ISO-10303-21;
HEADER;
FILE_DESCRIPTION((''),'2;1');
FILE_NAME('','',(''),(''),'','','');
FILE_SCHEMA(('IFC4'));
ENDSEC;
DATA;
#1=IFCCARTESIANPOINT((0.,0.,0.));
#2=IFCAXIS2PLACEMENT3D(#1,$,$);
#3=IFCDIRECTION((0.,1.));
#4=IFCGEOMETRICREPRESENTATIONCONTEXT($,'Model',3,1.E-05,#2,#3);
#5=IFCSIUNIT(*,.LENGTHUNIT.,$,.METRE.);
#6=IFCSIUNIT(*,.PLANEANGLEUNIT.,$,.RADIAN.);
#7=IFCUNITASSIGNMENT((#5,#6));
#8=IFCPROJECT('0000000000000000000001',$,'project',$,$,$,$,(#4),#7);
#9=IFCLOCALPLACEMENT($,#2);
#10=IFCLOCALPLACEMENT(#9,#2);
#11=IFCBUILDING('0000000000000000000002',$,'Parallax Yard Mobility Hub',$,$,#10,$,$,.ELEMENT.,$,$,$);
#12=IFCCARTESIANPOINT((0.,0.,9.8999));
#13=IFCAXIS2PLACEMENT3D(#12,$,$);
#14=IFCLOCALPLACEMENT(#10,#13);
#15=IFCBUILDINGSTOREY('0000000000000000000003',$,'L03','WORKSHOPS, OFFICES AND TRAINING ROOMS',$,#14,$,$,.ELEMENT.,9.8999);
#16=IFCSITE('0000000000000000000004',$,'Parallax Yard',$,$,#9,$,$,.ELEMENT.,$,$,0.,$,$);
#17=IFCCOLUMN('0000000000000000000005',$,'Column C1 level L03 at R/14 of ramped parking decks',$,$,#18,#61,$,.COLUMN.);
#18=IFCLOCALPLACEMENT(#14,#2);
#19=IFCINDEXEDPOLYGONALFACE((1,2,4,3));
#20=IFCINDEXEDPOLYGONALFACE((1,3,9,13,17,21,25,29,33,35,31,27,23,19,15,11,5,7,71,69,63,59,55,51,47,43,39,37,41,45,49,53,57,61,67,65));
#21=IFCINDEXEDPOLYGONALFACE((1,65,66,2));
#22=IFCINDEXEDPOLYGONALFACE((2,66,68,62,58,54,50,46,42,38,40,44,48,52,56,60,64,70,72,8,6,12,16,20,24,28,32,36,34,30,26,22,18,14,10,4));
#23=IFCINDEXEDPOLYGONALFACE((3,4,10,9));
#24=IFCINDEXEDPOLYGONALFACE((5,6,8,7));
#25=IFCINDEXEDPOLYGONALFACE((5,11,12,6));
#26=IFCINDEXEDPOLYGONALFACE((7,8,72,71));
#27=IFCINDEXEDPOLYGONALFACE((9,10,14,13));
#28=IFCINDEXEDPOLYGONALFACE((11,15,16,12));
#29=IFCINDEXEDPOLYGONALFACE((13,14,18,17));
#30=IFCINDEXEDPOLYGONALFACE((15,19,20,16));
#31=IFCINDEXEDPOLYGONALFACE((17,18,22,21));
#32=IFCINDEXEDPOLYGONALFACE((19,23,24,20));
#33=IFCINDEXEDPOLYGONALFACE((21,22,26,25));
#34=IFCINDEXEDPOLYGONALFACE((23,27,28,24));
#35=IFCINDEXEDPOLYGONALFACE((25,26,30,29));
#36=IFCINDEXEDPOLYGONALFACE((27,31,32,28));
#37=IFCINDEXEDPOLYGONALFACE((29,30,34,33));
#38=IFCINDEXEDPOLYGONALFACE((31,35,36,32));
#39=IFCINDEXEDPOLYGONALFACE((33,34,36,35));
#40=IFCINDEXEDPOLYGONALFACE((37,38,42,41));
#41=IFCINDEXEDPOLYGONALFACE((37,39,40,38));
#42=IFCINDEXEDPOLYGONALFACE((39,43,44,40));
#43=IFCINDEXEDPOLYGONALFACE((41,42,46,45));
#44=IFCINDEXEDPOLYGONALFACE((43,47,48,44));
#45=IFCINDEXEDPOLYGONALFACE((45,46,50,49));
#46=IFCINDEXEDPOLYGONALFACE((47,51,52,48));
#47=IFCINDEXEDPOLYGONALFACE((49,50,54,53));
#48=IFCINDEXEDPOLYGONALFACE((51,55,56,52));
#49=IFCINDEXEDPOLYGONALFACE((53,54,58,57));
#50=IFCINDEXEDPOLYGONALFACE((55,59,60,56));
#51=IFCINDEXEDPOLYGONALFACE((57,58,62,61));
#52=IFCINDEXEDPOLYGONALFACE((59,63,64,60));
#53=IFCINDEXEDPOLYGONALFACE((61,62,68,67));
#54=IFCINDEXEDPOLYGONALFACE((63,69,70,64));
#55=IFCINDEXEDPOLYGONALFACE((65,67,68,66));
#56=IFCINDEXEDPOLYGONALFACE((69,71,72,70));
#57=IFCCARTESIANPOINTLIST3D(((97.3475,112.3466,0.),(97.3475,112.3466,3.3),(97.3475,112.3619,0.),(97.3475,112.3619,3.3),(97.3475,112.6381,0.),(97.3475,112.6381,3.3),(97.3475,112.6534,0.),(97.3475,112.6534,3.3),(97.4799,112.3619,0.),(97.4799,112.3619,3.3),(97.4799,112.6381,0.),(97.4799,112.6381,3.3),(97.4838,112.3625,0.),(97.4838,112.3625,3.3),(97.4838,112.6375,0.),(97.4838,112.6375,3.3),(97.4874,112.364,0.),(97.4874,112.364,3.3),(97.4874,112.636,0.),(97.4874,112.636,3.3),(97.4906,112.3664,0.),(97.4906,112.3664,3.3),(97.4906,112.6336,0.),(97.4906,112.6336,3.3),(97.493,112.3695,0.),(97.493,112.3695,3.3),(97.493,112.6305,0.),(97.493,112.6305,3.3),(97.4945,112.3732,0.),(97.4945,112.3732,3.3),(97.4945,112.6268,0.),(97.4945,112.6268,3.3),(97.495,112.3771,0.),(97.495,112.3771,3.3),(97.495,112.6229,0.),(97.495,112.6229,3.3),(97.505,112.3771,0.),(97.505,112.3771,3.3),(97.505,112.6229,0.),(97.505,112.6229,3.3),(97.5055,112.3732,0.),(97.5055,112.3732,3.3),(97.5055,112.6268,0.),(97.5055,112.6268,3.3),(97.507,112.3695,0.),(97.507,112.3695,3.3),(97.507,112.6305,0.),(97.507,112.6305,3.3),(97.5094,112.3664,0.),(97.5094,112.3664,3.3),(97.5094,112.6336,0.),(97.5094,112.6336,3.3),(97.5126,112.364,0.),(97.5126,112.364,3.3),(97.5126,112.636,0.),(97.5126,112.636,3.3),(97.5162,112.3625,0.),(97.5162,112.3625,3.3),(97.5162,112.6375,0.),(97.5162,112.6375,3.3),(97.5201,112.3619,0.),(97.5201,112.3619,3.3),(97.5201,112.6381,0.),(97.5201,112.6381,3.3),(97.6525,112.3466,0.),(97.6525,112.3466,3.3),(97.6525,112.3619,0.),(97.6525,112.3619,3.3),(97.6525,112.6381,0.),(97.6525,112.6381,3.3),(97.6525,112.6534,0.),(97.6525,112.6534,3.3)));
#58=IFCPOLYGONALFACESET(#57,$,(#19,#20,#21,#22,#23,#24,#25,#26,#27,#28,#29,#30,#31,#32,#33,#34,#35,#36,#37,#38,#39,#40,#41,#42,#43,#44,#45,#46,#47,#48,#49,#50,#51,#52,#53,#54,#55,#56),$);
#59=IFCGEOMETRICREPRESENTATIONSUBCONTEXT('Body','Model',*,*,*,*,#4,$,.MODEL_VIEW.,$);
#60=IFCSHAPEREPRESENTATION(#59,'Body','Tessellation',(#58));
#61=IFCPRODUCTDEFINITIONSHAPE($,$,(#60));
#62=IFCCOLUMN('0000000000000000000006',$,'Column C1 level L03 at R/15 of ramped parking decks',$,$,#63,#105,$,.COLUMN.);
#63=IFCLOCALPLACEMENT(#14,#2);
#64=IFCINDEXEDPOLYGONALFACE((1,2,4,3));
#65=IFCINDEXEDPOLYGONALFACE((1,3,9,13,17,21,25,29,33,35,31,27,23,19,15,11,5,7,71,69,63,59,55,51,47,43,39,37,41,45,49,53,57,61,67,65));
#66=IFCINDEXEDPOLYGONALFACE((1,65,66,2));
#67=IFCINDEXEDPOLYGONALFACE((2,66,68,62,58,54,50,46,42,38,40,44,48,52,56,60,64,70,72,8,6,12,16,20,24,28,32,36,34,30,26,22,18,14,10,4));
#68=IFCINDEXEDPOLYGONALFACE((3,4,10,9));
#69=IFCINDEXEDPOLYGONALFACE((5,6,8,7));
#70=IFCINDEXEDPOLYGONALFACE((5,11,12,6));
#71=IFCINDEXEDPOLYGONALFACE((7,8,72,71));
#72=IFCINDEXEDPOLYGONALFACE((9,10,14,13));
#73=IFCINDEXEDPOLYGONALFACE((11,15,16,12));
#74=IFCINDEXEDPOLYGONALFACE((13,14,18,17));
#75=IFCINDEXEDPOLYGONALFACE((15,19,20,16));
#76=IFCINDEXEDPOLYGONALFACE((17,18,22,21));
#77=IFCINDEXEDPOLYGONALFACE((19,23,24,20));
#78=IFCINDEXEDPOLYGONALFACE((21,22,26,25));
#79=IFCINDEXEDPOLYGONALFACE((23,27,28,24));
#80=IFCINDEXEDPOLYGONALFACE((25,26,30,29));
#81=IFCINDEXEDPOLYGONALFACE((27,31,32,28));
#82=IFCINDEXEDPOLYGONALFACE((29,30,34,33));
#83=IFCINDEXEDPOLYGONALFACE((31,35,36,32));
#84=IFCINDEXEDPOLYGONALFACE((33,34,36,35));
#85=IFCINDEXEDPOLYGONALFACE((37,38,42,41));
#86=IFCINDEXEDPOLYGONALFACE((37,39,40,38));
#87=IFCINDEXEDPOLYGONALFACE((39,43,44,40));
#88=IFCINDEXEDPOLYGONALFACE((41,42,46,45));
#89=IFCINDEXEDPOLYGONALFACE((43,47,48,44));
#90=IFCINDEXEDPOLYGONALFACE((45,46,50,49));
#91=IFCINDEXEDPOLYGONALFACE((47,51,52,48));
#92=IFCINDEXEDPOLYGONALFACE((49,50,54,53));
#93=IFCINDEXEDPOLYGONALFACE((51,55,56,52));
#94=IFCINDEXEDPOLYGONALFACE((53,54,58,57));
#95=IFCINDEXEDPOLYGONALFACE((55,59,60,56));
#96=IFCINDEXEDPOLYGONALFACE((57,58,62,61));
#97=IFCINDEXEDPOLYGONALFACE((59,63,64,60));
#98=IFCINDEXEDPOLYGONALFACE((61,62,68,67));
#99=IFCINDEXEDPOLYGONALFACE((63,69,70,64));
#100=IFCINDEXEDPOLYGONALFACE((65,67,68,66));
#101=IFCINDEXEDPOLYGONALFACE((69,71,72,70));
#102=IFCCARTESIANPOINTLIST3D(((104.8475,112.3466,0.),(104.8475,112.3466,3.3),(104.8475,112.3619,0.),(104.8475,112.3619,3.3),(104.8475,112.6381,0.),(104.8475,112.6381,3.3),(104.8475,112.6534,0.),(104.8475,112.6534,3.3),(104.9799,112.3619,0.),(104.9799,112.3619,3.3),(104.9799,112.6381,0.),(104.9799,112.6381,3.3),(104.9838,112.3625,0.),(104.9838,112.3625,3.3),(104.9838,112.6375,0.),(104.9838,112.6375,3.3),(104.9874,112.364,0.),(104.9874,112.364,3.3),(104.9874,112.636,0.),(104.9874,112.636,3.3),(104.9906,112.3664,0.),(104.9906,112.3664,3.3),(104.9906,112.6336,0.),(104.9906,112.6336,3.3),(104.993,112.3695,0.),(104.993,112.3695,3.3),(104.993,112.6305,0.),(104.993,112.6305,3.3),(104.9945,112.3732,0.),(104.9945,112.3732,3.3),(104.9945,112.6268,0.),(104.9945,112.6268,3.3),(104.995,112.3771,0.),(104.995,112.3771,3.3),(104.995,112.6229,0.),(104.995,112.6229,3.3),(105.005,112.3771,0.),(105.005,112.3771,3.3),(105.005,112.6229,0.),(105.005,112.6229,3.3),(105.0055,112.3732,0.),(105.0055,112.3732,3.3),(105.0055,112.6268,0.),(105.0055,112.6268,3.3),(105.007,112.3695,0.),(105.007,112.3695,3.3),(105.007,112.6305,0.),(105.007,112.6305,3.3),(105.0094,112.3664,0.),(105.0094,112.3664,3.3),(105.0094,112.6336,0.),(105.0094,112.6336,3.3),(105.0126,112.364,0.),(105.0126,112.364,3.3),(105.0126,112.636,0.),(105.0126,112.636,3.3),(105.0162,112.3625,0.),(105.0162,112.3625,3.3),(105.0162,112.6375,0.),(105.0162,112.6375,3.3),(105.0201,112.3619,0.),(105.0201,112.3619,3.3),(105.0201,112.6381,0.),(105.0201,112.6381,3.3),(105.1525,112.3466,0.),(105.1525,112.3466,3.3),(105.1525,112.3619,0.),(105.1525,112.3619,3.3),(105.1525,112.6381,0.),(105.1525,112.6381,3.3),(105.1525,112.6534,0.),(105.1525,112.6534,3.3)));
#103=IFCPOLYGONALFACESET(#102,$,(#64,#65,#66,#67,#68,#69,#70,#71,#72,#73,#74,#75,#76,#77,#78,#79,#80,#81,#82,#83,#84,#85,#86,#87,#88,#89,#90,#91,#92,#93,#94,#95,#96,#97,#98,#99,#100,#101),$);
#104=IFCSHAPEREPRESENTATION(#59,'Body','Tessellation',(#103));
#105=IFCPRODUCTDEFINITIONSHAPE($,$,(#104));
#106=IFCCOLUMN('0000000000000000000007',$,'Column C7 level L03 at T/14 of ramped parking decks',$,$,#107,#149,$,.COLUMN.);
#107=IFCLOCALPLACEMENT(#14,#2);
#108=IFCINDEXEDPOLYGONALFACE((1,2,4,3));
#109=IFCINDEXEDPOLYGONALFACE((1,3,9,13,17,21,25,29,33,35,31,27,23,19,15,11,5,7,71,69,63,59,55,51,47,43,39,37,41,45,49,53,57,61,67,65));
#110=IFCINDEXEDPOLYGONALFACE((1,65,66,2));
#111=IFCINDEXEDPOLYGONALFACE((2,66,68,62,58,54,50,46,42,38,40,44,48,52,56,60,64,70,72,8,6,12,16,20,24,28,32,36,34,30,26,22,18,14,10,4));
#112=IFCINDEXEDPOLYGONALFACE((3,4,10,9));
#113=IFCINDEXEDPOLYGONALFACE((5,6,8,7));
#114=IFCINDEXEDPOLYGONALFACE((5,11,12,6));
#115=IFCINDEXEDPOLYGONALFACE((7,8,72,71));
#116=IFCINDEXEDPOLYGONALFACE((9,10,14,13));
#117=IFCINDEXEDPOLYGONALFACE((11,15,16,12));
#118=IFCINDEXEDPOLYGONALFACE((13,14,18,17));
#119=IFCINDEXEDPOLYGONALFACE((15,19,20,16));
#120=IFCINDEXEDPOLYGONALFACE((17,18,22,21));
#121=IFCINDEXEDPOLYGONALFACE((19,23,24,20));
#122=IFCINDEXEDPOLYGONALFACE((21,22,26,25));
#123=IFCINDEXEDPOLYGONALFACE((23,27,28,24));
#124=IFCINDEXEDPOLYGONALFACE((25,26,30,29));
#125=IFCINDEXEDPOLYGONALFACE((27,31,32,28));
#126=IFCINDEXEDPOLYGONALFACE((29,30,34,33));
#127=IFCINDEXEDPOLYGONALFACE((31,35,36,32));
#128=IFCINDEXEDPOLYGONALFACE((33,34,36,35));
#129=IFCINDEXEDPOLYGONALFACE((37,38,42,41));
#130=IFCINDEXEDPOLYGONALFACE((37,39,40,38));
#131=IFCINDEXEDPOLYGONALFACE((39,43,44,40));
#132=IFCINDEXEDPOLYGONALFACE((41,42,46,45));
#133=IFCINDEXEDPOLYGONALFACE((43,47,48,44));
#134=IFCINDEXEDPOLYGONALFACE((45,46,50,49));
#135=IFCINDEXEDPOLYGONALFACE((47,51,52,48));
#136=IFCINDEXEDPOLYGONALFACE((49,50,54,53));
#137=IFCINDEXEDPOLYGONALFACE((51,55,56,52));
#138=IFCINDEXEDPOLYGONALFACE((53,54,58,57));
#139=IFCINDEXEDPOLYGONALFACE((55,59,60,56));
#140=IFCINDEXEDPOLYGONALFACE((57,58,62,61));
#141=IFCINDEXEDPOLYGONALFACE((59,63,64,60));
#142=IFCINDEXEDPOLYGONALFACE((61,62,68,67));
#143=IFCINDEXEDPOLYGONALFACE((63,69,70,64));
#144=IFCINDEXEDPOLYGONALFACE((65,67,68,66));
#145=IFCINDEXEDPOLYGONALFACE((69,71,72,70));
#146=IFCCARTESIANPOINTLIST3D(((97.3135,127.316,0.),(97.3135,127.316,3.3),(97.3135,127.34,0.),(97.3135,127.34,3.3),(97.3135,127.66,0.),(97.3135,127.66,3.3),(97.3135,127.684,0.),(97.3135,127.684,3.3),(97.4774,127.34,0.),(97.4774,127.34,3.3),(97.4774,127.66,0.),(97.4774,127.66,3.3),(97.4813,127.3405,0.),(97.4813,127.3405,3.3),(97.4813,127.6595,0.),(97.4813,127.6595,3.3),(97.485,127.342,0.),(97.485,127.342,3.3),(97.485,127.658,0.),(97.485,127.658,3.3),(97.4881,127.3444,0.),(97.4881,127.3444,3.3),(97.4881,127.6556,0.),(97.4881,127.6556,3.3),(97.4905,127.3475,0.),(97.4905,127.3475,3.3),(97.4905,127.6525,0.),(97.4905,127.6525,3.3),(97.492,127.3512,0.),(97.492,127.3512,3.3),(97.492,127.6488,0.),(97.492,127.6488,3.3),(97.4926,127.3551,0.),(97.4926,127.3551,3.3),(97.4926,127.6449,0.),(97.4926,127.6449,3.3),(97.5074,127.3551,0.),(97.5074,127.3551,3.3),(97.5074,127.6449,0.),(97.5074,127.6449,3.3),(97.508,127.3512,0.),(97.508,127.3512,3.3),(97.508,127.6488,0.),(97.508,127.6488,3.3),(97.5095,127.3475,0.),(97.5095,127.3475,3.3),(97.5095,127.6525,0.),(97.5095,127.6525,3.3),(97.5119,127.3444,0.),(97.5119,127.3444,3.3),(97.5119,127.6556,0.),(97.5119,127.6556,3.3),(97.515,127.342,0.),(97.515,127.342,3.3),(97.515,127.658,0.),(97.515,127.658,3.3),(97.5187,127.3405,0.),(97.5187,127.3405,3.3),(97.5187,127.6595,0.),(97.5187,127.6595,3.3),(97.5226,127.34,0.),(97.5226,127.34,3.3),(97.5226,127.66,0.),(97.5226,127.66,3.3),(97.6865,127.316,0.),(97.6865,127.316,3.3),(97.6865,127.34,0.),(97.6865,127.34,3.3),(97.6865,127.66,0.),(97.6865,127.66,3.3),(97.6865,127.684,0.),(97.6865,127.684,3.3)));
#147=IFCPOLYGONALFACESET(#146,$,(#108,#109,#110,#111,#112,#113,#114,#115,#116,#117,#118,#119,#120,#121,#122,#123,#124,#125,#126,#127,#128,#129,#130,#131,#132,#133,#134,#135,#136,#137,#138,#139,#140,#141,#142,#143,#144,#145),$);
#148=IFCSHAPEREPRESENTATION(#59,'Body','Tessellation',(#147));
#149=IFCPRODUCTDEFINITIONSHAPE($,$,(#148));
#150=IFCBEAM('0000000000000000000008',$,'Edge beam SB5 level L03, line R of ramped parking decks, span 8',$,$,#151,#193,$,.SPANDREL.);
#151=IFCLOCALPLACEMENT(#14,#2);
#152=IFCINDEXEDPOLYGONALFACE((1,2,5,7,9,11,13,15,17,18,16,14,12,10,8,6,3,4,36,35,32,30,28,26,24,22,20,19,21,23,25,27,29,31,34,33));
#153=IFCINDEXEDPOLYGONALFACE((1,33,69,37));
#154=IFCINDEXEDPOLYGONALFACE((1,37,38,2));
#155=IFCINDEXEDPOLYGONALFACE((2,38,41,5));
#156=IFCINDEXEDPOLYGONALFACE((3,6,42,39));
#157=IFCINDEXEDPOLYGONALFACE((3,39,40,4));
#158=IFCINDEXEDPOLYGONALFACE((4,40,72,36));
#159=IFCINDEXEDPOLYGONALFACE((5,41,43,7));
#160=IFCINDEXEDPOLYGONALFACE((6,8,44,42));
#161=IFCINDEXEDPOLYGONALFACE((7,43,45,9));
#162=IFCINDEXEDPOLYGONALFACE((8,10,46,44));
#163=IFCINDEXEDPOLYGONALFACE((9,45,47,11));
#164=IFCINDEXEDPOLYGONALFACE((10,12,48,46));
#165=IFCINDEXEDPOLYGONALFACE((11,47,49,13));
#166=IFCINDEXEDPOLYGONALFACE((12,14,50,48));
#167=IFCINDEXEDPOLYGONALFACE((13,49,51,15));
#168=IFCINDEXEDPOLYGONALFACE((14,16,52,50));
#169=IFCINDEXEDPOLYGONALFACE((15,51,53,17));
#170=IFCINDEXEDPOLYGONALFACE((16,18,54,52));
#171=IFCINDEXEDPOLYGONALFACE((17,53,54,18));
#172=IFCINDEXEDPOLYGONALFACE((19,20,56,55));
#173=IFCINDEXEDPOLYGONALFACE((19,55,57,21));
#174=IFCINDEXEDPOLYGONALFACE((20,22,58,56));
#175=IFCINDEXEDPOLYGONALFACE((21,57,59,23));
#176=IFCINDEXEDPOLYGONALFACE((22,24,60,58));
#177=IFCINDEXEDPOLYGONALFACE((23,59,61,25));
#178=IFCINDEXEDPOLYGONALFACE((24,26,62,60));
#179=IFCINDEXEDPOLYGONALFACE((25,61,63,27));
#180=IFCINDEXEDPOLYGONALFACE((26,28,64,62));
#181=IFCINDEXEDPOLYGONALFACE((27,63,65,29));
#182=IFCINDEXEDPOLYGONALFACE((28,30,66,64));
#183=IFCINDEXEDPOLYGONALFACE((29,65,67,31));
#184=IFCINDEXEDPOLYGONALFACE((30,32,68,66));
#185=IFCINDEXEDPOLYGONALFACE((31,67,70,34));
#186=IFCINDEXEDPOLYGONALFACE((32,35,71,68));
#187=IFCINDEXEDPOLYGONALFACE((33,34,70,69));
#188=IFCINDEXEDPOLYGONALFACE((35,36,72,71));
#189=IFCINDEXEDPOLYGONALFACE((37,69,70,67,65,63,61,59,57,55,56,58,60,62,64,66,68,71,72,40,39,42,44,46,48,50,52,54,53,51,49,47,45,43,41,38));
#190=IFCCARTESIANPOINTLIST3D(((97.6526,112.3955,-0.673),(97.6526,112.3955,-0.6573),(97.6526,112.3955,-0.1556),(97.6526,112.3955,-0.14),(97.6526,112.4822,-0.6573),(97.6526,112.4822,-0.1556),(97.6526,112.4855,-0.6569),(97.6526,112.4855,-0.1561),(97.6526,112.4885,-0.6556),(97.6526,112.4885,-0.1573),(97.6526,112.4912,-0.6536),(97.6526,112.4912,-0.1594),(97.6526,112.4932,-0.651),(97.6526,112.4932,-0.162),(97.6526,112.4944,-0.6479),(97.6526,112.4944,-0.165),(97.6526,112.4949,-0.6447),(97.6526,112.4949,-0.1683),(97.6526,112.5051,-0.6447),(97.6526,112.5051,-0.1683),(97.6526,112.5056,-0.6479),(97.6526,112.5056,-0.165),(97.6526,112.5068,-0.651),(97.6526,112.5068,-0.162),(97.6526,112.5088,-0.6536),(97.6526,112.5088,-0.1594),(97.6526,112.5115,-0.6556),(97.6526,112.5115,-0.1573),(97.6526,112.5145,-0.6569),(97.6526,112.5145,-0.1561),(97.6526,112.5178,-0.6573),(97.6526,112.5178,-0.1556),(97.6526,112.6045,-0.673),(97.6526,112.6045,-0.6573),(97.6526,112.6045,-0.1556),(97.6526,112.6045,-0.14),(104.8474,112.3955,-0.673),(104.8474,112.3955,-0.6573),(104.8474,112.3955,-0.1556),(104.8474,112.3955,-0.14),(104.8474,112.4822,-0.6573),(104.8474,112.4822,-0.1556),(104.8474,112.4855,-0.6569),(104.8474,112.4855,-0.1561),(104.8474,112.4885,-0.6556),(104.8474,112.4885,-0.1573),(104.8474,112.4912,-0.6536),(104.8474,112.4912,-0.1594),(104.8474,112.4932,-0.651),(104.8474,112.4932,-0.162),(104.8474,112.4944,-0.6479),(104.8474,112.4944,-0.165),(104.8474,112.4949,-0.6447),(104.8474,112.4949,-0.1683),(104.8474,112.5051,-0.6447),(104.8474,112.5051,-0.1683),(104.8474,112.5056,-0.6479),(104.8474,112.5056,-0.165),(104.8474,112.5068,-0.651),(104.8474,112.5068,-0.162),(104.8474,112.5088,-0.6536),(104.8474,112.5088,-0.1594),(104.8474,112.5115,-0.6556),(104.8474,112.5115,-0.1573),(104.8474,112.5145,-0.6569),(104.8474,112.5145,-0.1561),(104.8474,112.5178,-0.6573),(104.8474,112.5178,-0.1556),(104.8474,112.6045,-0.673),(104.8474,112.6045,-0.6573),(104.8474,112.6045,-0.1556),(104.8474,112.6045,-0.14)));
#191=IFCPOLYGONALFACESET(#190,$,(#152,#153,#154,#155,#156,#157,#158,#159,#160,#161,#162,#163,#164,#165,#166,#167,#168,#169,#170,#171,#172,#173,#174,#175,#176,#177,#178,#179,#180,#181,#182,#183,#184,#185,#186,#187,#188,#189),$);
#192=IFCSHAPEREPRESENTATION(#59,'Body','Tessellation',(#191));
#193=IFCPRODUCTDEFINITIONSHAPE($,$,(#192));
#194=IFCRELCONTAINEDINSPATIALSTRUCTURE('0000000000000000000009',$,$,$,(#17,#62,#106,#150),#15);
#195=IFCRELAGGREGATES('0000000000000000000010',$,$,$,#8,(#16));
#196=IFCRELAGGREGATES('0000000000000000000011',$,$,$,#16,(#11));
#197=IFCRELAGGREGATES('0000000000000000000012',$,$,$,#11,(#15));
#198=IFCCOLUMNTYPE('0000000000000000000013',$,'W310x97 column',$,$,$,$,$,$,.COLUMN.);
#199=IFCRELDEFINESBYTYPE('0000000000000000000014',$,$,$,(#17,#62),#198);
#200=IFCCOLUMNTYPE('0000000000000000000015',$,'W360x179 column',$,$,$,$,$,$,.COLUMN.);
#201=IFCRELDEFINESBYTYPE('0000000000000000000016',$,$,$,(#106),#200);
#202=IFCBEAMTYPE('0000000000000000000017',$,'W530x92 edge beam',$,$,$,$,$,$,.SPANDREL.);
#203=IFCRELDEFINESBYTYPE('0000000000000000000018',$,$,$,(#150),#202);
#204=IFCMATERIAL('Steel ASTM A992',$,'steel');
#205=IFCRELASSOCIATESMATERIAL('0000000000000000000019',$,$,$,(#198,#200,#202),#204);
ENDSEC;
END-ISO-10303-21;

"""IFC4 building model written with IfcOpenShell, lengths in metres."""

from ifc_helpers import new_model, si_unit, direction, frame, origin, origin_2d, place, context, subcontext, project, spatial, i_section, extrude, material, material_profile, profile_set, type_object, element, save


model = new_model("IFC4")

# Units and contexts
model_context = context("Model", 3, precision=1e-05, world=origin(), true_north=direction((0.0, 1.0)))
body_context = subcontext(model_context, "Body", "Model", "MODEL_VIEW")
ifc_project = project(units=[si_unit("LENGTHUNIT", "METRE"), si_unit("PLANEANGLEUNIT", "RADIAN")], contexts=[model_context])

# Site, building, storey
site_placement = place(None, origin())
site = spatial("IfcSite", under=ifc_project, at=site_placement, Name="Parallax Yard", CompositionType="ELEMENT", RefElevation=0.0)
building_placement = place(site_placement, origin())
building = spatial("IfcBuilding", under=site, at=building_placement, Name="Parallax Yard Mobility Hub", CompositionType="ELEMENT")
storey_placement = place(building_placement, frame((0.0, 0.0, 9.8999)))
storey = spatial("IfcBuildingStorey", under=building, at=storey_placement, Name="L03", Description="WORKSHOPS, OFFICES AND TRAINING ROOMS", CompositionType="ELEMENT", Elevation=9.8999)

# Columns
ifc_material_1 = material(Name="Steel ASTM A992", Category="steel")
ifc_material_profile_1 = material_profile(ifc_material_1, i_section(OverallWidth=0.3049, OverallDepth=0.3069, WebThickness=0.01, FlangeThickness=0.0154, FilletRadius=0.0151, at=origin_2d()), Name="W310x97")
ifc_profile_set_1 = profile_set([ifc_material_profile_1], Name="Steel ASTM A992")
column_type_1 = type_object("IfcColumnType", Name="W310x97 column", PredefinedType="COLUMN", material=ifc_profile_set_1)
for number, where, z_axis, x_axis, name in (
    (1, (97.5, 112.5, 0.0), (0.0, 0.0, 1.0), (1.0, 0.0, 0.0), "Column C1 level L03 at R/14 of ramped parking decks"),
    (2, (105.0, 112.5, 0.0), (0.0, 0.0, 1.0), (1.0, 0.0, 0.0), "Column C1 level L03 at R/15 of ramped parking decks"),
):
    element("IfcColumn", number, at=place(storey_placement, frame(where, z_axis=z_axis, x_axis=x_axis)), inside=storey, type_object=column_type_1, Name=name, PredefinedType="COLUMN", context=body_context, shape_type="SweptSolid", body=[
        extrude(i_section(OverallWidth=0.3049, OverallDepth=0.3069, WebThickness=0.01, FlangeThickness=0.0154, FilletRadius=0.0151, at=origin_2d()), origin(), (0.0, 0.0, 1.0), 3.3),
    ])
ifc_material_profile_2 = material_profile(ifc_material_1, i_section(OverallWidth=0.373, OverallDepth=0.3679, WebThickness=0.0149, FlangeThickness=0.0239, FilletRadius=0.0151, at=origin_2d()), Name="W360x179")
ifc_profile_set_2 = profile_set([ifc_material_profile_2], Name="Steel ASTM A992")
column_type_2 = type_object("IfcColumnType", Name="W360x179 column", PredefinedType="COLUMN", material=ifc_profile_set_2)
column_placement = place(storey_placement, frame((97.5, 127.5, 0.0), z_axis=(0.0, 0.0, 1.0), x_axis=(1.0, 0.0, 0.0)))
element("IfcColumn", 3, at=column_placement, inside=storey, type_object=column_type_2, Name="Column C7 level L03 at T/14 of ramped parking decks", PredefinedType="COLUMN", context=body_context, shape_type="SweptSolid", body=[
    extrude(i_section(OverallWidth=0.373, OverallDepth=0.3679, WebThickness=0.0149, FlangeThickness=0.0239, FilletRadius=0.0151, at=origin_2d()), origin(), (0.0, 0.0, 1.0), 3.3),
])

# Beam
ifc_material_profile_3 = material_profile(ifc_material_1, i_section(OverallWidth=0.209, OverallDepth=0.533, WebThickness=0.0103, FlangeThickness=0.0156, FilletRadius=0.0127, at=origin_2d()), Name="W530x92")
ifc_profile_set_3 = profile_set([ifc_material_profile_3], Name="Steel ASTM A992")
beam_type_1 = type_object("IfcBeamType", Name="W530x92 edge beam", PredefinedType="SPANDREL", material=ifc_profile_set_3)
for number, where, z_axis, x_axis, name in (
    (4, (97.6526, 112.5, -0.4065), (1.0, 0.0, 0.0), (0.0, 1.0, 0.0), "Edge beam SB5 level L03, line R of ramped parking decks, span 8"),
):
    element("IfcBeam", number, at=place(storey_placement, frame(where, z_axis=z_axis, x_axis=x_axis)), inside=storey, type_object=beam_type_1, Name=name, PredefinedType="SPANDREL", context=body_context, shape_type="SweptSolid", body=[
        extrude(i_section(OverallWidth=0.209, OverallDepth=0.533, WebThickness=0.0103, FlangeThickness=0.0156, FilletRadius=0.0127, at=origin_2d()), origin(), (0.0, 0.0, 1.0), 7.1948),
    ])

save(model, "model.ifc")
